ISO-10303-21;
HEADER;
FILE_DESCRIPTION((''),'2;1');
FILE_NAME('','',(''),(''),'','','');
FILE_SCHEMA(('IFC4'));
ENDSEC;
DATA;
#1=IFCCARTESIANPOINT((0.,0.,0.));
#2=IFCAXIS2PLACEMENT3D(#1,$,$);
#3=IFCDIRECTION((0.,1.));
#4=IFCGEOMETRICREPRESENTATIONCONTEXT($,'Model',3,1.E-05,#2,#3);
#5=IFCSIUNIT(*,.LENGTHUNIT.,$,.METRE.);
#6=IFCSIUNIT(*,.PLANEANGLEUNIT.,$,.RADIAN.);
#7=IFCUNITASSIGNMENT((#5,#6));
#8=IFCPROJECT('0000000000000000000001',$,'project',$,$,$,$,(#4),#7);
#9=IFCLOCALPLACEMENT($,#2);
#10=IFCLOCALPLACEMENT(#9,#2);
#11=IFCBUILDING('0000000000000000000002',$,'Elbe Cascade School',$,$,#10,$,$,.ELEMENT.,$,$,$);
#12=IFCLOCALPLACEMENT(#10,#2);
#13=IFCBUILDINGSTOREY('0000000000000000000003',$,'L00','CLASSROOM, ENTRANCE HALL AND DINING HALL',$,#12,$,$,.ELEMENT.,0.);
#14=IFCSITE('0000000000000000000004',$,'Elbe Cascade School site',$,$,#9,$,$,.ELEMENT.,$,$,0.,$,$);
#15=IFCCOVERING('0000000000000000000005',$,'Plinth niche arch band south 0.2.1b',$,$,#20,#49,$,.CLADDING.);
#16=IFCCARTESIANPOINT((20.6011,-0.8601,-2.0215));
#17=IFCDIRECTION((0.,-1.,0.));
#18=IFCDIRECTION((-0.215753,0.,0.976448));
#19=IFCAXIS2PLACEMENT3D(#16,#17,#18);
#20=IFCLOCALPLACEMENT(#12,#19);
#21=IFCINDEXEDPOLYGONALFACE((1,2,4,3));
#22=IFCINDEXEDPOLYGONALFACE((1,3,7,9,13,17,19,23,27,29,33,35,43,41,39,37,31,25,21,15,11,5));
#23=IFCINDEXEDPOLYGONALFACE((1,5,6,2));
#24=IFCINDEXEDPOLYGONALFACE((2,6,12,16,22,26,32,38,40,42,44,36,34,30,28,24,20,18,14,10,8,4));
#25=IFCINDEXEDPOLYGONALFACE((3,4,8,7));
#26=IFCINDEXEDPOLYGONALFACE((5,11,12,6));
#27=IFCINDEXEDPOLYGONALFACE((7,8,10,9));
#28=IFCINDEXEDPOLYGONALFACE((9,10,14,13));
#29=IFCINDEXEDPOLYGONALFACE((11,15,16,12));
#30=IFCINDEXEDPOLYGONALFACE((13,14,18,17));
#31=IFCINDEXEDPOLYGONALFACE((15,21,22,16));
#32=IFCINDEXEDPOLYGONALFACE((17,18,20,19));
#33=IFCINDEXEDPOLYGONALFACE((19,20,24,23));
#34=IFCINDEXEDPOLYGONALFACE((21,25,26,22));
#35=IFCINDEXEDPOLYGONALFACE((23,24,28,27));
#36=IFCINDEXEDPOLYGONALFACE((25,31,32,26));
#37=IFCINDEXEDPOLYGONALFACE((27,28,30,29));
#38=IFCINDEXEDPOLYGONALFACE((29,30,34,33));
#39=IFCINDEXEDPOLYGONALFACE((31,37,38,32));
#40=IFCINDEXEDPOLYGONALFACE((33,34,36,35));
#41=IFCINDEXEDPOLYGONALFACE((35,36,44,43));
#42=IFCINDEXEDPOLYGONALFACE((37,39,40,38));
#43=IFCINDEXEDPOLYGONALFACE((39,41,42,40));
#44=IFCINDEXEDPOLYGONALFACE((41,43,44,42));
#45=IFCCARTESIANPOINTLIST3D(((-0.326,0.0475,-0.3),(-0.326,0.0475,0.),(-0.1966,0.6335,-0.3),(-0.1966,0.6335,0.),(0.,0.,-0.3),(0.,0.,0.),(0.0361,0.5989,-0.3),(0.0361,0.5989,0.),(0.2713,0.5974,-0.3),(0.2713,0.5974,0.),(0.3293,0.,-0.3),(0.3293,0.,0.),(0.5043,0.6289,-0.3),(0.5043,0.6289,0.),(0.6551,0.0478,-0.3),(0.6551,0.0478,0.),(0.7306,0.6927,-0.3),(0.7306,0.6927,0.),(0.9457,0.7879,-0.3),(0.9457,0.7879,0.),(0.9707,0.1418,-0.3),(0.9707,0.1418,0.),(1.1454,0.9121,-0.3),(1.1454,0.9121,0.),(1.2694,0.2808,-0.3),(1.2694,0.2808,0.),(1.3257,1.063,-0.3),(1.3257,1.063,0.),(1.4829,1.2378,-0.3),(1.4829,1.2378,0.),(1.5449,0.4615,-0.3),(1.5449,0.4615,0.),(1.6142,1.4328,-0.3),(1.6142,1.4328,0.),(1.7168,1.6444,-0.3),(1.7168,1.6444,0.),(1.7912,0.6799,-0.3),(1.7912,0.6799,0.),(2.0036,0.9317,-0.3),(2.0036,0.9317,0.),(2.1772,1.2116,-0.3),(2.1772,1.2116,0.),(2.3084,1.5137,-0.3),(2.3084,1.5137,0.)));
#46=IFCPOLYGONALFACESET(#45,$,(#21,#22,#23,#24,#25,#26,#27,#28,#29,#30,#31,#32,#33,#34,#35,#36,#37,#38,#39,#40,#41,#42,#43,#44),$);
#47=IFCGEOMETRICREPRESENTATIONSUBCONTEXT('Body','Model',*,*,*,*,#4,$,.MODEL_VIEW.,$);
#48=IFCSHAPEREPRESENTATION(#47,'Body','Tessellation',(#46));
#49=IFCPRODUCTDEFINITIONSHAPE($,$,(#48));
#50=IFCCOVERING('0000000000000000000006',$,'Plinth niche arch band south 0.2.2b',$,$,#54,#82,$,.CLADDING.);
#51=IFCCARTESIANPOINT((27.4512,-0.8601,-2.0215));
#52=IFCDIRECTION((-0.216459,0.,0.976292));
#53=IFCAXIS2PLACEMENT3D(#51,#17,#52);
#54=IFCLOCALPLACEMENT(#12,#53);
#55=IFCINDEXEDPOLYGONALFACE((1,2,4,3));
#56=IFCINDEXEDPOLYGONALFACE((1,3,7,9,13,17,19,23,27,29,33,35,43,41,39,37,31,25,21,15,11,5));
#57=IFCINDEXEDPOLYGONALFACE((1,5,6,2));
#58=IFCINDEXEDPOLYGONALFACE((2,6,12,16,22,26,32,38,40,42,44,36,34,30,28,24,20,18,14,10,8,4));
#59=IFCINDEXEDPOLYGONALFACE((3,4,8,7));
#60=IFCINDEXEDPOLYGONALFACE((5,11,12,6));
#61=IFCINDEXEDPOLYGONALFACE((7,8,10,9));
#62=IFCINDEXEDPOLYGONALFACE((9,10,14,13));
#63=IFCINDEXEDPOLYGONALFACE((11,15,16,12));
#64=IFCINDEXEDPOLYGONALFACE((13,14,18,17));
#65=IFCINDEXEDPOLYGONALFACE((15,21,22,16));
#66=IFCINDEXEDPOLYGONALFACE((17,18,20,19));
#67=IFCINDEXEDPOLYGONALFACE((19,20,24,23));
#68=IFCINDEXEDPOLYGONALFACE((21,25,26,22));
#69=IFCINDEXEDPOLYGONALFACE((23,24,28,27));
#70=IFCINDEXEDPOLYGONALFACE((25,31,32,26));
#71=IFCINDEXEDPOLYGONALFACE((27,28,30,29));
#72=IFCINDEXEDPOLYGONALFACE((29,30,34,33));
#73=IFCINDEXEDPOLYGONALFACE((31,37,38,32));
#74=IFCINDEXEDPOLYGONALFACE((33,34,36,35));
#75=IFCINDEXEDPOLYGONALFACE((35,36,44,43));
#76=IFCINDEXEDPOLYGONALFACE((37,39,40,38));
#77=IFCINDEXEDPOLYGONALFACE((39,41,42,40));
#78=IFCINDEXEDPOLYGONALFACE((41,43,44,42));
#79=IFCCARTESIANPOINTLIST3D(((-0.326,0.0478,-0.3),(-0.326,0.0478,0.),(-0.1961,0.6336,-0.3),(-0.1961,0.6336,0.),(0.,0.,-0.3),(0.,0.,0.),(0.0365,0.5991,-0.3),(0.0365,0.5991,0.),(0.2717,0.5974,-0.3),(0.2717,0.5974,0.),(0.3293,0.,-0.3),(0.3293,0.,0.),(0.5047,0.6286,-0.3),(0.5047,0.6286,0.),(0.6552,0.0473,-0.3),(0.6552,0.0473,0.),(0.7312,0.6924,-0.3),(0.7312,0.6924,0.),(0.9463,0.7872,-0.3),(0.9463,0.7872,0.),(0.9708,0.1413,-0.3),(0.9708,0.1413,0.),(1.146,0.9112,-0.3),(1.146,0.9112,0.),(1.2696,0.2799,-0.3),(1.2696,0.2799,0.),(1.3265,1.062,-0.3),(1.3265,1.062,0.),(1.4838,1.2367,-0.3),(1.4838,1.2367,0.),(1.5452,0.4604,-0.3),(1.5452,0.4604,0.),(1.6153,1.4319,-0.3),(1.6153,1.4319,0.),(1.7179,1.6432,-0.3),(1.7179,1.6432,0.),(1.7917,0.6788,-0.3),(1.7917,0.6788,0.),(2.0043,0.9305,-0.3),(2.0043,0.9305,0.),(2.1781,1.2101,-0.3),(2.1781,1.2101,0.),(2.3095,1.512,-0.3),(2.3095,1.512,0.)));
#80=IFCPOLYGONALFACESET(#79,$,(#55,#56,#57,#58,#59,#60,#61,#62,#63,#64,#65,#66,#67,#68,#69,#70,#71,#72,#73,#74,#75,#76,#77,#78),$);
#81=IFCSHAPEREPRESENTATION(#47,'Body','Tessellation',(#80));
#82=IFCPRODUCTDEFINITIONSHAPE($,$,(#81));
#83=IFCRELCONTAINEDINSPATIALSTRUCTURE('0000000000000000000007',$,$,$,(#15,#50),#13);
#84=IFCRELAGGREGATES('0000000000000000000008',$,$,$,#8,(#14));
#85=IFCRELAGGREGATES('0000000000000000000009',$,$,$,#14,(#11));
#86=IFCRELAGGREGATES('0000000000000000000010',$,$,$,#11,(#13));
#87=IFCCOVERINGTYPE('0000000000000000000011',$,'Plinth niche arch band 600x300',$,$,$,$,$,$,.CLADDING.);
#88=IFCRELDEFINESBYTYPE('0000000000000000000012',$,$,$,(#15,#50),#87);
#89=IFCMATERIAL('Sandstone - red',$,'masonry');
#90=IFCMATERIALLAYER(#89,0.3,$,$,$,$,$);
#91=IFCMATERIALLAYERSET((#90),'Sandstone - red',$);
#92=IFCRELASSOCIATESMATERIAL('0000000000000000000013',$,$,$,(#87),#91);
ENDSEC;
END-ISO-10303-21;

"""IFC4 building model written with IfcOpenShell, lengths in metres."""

from ifc_helpers import new_model, si_unit, direction, frame, origin, place, context, subcontext, project, spatial, polyline, outline, extrude, material, layer, layer_set, type_object, element, save


model = new_model("IFC4")

# Units and contexts
model_context = context("Model", 3, precision=1e-05, world=origin(), true_north=direction((0.0, 1.0)))
body_context = subcontext(model_context, "Body", "Model", "MODEL_VIEW")
ifc_project = project(units=[si_unit("LENGTHUNIT", "METRE"), si_unit("PLANEANGLEUNIT", "RADIAN")], contexts=[model_context])

# Site, building, storey
site_placement = place(None, origin())
site = spatial("IfcSite", under=ifc_project, at=site_placement, Name="Elbe Cascade School site", CompositionType="ELEMENT", RefElevation=0.0)
building_placement = place(site_placement, origin())
building = spatial("IfcBuilding", under=site, at=building_placement, Name="Elbe Cascade School", CompositionType="ELEMENT")
storey_placement = place(building_placement, origin())
storey = spatial("IfcBuildingStorey", under=building, at=storey_placement, Name="L00", Description="CLASSROOM, ENTRANCE HALL AND DINING HALL", CompositionType="ELEMENT", Elevation=0.0)

# Coverings
ifc_material_1 = material(Name="Sandstone - red", Category="masonry")
ifc_layer_1 = layer(ifc_material_1, 0.3)
ifc_layer_set_1 = layer_set([ifc_layer_1], Name="Sandstone - red")
covering_type_1 = type_object("IfcCoveringType", Name="Plinth niche arch band 600x300", PredefinedType="CLADDING", material=ifc_layer_set_1)
covering_1_placement = place(storey_placement, frame((20.6011, -0.8601, -2.0215), z_axis=(0.0, -1.0, 0.0), x_axis=(-0.215753, 0.0, 0.976448)))
element("IfcCovering", 1, at=covering_1_placement, inside=storey, type_object=covering_type_1, Name="Plinth niche arch band south 0.2.1b", PredefinedType="CLADDING", context=body_context, shape_type="SweptSolid", body=[
    extrude(outline(polyline([(0.0, 0.0), (0.3293, 0.0), (0.6551, 0.0478), (0.9707, 0.1418), (1.2694, 0.2808), (1.5449, 0.4615), (1.7912, 0.6799), (2.0036, 0.9317), (2.1772, 1.2116), (2.3084, 1.5137), (1.7168, 1.6444), (1.6142, 1.4328), (1.4829, 1.2378), (1.3257, 1.063), (1.1454, 0.9121), (0.9457, 0.7879), (0.7306, 0.6927), (0.5043, 0.6289), (0.2713, 0.5974), (0.0361, 0.5989), (-0.1966, 0.6335), (-0.326, 0.0475), (0.0, 0.0)])), origin(), (0.0, 0.0, -1.0), 0.3),
])
covering_2_placement = place(storey_placement, frame((27.4512, -0.8601, -2.0215), z_axis=(0.0, -1.0, 0.0), x_axis=(-0.216459, 0.0, 0.976292)))
element("IfcCovering", 2, at=covering_2_placement, inside=storey, type_object=covering_type_1, Name="Plinth niche arch band south 0.2.2b", PredefinedType="CLADDING", context=body_context, shape_type="SweptSolid", body=[
    extrude(outline(polyline([(0.0, 0.0), (0.3293, 0.0), (0.6552, 0.0473), (0.9708, 0.1413), (1.2696, 0.2799), (1.5452, 0.4604), (1.7917, 0.6788), (2.0043, 0.9305), (2.1781, 1.2101), (2.3095, 1.512), (1.7179, 1.6432), (1.6153, 1.4319), (1.4838, 1.2367), (1.3265, 1.062), (1.146, 0.9112), (0.9463, 0.7872), (0.7312, 0.6924), (0.5047, 0.6286), (0.2717, 0.5974), (0.0365, 0.5991), (-0.1961, 0.6336), (-0.326, 0.0478), (0.0, 0.0)])), origin(), (0.0, 0.0, -1.0), 0.3),
])

save(model, "model.ifc")
